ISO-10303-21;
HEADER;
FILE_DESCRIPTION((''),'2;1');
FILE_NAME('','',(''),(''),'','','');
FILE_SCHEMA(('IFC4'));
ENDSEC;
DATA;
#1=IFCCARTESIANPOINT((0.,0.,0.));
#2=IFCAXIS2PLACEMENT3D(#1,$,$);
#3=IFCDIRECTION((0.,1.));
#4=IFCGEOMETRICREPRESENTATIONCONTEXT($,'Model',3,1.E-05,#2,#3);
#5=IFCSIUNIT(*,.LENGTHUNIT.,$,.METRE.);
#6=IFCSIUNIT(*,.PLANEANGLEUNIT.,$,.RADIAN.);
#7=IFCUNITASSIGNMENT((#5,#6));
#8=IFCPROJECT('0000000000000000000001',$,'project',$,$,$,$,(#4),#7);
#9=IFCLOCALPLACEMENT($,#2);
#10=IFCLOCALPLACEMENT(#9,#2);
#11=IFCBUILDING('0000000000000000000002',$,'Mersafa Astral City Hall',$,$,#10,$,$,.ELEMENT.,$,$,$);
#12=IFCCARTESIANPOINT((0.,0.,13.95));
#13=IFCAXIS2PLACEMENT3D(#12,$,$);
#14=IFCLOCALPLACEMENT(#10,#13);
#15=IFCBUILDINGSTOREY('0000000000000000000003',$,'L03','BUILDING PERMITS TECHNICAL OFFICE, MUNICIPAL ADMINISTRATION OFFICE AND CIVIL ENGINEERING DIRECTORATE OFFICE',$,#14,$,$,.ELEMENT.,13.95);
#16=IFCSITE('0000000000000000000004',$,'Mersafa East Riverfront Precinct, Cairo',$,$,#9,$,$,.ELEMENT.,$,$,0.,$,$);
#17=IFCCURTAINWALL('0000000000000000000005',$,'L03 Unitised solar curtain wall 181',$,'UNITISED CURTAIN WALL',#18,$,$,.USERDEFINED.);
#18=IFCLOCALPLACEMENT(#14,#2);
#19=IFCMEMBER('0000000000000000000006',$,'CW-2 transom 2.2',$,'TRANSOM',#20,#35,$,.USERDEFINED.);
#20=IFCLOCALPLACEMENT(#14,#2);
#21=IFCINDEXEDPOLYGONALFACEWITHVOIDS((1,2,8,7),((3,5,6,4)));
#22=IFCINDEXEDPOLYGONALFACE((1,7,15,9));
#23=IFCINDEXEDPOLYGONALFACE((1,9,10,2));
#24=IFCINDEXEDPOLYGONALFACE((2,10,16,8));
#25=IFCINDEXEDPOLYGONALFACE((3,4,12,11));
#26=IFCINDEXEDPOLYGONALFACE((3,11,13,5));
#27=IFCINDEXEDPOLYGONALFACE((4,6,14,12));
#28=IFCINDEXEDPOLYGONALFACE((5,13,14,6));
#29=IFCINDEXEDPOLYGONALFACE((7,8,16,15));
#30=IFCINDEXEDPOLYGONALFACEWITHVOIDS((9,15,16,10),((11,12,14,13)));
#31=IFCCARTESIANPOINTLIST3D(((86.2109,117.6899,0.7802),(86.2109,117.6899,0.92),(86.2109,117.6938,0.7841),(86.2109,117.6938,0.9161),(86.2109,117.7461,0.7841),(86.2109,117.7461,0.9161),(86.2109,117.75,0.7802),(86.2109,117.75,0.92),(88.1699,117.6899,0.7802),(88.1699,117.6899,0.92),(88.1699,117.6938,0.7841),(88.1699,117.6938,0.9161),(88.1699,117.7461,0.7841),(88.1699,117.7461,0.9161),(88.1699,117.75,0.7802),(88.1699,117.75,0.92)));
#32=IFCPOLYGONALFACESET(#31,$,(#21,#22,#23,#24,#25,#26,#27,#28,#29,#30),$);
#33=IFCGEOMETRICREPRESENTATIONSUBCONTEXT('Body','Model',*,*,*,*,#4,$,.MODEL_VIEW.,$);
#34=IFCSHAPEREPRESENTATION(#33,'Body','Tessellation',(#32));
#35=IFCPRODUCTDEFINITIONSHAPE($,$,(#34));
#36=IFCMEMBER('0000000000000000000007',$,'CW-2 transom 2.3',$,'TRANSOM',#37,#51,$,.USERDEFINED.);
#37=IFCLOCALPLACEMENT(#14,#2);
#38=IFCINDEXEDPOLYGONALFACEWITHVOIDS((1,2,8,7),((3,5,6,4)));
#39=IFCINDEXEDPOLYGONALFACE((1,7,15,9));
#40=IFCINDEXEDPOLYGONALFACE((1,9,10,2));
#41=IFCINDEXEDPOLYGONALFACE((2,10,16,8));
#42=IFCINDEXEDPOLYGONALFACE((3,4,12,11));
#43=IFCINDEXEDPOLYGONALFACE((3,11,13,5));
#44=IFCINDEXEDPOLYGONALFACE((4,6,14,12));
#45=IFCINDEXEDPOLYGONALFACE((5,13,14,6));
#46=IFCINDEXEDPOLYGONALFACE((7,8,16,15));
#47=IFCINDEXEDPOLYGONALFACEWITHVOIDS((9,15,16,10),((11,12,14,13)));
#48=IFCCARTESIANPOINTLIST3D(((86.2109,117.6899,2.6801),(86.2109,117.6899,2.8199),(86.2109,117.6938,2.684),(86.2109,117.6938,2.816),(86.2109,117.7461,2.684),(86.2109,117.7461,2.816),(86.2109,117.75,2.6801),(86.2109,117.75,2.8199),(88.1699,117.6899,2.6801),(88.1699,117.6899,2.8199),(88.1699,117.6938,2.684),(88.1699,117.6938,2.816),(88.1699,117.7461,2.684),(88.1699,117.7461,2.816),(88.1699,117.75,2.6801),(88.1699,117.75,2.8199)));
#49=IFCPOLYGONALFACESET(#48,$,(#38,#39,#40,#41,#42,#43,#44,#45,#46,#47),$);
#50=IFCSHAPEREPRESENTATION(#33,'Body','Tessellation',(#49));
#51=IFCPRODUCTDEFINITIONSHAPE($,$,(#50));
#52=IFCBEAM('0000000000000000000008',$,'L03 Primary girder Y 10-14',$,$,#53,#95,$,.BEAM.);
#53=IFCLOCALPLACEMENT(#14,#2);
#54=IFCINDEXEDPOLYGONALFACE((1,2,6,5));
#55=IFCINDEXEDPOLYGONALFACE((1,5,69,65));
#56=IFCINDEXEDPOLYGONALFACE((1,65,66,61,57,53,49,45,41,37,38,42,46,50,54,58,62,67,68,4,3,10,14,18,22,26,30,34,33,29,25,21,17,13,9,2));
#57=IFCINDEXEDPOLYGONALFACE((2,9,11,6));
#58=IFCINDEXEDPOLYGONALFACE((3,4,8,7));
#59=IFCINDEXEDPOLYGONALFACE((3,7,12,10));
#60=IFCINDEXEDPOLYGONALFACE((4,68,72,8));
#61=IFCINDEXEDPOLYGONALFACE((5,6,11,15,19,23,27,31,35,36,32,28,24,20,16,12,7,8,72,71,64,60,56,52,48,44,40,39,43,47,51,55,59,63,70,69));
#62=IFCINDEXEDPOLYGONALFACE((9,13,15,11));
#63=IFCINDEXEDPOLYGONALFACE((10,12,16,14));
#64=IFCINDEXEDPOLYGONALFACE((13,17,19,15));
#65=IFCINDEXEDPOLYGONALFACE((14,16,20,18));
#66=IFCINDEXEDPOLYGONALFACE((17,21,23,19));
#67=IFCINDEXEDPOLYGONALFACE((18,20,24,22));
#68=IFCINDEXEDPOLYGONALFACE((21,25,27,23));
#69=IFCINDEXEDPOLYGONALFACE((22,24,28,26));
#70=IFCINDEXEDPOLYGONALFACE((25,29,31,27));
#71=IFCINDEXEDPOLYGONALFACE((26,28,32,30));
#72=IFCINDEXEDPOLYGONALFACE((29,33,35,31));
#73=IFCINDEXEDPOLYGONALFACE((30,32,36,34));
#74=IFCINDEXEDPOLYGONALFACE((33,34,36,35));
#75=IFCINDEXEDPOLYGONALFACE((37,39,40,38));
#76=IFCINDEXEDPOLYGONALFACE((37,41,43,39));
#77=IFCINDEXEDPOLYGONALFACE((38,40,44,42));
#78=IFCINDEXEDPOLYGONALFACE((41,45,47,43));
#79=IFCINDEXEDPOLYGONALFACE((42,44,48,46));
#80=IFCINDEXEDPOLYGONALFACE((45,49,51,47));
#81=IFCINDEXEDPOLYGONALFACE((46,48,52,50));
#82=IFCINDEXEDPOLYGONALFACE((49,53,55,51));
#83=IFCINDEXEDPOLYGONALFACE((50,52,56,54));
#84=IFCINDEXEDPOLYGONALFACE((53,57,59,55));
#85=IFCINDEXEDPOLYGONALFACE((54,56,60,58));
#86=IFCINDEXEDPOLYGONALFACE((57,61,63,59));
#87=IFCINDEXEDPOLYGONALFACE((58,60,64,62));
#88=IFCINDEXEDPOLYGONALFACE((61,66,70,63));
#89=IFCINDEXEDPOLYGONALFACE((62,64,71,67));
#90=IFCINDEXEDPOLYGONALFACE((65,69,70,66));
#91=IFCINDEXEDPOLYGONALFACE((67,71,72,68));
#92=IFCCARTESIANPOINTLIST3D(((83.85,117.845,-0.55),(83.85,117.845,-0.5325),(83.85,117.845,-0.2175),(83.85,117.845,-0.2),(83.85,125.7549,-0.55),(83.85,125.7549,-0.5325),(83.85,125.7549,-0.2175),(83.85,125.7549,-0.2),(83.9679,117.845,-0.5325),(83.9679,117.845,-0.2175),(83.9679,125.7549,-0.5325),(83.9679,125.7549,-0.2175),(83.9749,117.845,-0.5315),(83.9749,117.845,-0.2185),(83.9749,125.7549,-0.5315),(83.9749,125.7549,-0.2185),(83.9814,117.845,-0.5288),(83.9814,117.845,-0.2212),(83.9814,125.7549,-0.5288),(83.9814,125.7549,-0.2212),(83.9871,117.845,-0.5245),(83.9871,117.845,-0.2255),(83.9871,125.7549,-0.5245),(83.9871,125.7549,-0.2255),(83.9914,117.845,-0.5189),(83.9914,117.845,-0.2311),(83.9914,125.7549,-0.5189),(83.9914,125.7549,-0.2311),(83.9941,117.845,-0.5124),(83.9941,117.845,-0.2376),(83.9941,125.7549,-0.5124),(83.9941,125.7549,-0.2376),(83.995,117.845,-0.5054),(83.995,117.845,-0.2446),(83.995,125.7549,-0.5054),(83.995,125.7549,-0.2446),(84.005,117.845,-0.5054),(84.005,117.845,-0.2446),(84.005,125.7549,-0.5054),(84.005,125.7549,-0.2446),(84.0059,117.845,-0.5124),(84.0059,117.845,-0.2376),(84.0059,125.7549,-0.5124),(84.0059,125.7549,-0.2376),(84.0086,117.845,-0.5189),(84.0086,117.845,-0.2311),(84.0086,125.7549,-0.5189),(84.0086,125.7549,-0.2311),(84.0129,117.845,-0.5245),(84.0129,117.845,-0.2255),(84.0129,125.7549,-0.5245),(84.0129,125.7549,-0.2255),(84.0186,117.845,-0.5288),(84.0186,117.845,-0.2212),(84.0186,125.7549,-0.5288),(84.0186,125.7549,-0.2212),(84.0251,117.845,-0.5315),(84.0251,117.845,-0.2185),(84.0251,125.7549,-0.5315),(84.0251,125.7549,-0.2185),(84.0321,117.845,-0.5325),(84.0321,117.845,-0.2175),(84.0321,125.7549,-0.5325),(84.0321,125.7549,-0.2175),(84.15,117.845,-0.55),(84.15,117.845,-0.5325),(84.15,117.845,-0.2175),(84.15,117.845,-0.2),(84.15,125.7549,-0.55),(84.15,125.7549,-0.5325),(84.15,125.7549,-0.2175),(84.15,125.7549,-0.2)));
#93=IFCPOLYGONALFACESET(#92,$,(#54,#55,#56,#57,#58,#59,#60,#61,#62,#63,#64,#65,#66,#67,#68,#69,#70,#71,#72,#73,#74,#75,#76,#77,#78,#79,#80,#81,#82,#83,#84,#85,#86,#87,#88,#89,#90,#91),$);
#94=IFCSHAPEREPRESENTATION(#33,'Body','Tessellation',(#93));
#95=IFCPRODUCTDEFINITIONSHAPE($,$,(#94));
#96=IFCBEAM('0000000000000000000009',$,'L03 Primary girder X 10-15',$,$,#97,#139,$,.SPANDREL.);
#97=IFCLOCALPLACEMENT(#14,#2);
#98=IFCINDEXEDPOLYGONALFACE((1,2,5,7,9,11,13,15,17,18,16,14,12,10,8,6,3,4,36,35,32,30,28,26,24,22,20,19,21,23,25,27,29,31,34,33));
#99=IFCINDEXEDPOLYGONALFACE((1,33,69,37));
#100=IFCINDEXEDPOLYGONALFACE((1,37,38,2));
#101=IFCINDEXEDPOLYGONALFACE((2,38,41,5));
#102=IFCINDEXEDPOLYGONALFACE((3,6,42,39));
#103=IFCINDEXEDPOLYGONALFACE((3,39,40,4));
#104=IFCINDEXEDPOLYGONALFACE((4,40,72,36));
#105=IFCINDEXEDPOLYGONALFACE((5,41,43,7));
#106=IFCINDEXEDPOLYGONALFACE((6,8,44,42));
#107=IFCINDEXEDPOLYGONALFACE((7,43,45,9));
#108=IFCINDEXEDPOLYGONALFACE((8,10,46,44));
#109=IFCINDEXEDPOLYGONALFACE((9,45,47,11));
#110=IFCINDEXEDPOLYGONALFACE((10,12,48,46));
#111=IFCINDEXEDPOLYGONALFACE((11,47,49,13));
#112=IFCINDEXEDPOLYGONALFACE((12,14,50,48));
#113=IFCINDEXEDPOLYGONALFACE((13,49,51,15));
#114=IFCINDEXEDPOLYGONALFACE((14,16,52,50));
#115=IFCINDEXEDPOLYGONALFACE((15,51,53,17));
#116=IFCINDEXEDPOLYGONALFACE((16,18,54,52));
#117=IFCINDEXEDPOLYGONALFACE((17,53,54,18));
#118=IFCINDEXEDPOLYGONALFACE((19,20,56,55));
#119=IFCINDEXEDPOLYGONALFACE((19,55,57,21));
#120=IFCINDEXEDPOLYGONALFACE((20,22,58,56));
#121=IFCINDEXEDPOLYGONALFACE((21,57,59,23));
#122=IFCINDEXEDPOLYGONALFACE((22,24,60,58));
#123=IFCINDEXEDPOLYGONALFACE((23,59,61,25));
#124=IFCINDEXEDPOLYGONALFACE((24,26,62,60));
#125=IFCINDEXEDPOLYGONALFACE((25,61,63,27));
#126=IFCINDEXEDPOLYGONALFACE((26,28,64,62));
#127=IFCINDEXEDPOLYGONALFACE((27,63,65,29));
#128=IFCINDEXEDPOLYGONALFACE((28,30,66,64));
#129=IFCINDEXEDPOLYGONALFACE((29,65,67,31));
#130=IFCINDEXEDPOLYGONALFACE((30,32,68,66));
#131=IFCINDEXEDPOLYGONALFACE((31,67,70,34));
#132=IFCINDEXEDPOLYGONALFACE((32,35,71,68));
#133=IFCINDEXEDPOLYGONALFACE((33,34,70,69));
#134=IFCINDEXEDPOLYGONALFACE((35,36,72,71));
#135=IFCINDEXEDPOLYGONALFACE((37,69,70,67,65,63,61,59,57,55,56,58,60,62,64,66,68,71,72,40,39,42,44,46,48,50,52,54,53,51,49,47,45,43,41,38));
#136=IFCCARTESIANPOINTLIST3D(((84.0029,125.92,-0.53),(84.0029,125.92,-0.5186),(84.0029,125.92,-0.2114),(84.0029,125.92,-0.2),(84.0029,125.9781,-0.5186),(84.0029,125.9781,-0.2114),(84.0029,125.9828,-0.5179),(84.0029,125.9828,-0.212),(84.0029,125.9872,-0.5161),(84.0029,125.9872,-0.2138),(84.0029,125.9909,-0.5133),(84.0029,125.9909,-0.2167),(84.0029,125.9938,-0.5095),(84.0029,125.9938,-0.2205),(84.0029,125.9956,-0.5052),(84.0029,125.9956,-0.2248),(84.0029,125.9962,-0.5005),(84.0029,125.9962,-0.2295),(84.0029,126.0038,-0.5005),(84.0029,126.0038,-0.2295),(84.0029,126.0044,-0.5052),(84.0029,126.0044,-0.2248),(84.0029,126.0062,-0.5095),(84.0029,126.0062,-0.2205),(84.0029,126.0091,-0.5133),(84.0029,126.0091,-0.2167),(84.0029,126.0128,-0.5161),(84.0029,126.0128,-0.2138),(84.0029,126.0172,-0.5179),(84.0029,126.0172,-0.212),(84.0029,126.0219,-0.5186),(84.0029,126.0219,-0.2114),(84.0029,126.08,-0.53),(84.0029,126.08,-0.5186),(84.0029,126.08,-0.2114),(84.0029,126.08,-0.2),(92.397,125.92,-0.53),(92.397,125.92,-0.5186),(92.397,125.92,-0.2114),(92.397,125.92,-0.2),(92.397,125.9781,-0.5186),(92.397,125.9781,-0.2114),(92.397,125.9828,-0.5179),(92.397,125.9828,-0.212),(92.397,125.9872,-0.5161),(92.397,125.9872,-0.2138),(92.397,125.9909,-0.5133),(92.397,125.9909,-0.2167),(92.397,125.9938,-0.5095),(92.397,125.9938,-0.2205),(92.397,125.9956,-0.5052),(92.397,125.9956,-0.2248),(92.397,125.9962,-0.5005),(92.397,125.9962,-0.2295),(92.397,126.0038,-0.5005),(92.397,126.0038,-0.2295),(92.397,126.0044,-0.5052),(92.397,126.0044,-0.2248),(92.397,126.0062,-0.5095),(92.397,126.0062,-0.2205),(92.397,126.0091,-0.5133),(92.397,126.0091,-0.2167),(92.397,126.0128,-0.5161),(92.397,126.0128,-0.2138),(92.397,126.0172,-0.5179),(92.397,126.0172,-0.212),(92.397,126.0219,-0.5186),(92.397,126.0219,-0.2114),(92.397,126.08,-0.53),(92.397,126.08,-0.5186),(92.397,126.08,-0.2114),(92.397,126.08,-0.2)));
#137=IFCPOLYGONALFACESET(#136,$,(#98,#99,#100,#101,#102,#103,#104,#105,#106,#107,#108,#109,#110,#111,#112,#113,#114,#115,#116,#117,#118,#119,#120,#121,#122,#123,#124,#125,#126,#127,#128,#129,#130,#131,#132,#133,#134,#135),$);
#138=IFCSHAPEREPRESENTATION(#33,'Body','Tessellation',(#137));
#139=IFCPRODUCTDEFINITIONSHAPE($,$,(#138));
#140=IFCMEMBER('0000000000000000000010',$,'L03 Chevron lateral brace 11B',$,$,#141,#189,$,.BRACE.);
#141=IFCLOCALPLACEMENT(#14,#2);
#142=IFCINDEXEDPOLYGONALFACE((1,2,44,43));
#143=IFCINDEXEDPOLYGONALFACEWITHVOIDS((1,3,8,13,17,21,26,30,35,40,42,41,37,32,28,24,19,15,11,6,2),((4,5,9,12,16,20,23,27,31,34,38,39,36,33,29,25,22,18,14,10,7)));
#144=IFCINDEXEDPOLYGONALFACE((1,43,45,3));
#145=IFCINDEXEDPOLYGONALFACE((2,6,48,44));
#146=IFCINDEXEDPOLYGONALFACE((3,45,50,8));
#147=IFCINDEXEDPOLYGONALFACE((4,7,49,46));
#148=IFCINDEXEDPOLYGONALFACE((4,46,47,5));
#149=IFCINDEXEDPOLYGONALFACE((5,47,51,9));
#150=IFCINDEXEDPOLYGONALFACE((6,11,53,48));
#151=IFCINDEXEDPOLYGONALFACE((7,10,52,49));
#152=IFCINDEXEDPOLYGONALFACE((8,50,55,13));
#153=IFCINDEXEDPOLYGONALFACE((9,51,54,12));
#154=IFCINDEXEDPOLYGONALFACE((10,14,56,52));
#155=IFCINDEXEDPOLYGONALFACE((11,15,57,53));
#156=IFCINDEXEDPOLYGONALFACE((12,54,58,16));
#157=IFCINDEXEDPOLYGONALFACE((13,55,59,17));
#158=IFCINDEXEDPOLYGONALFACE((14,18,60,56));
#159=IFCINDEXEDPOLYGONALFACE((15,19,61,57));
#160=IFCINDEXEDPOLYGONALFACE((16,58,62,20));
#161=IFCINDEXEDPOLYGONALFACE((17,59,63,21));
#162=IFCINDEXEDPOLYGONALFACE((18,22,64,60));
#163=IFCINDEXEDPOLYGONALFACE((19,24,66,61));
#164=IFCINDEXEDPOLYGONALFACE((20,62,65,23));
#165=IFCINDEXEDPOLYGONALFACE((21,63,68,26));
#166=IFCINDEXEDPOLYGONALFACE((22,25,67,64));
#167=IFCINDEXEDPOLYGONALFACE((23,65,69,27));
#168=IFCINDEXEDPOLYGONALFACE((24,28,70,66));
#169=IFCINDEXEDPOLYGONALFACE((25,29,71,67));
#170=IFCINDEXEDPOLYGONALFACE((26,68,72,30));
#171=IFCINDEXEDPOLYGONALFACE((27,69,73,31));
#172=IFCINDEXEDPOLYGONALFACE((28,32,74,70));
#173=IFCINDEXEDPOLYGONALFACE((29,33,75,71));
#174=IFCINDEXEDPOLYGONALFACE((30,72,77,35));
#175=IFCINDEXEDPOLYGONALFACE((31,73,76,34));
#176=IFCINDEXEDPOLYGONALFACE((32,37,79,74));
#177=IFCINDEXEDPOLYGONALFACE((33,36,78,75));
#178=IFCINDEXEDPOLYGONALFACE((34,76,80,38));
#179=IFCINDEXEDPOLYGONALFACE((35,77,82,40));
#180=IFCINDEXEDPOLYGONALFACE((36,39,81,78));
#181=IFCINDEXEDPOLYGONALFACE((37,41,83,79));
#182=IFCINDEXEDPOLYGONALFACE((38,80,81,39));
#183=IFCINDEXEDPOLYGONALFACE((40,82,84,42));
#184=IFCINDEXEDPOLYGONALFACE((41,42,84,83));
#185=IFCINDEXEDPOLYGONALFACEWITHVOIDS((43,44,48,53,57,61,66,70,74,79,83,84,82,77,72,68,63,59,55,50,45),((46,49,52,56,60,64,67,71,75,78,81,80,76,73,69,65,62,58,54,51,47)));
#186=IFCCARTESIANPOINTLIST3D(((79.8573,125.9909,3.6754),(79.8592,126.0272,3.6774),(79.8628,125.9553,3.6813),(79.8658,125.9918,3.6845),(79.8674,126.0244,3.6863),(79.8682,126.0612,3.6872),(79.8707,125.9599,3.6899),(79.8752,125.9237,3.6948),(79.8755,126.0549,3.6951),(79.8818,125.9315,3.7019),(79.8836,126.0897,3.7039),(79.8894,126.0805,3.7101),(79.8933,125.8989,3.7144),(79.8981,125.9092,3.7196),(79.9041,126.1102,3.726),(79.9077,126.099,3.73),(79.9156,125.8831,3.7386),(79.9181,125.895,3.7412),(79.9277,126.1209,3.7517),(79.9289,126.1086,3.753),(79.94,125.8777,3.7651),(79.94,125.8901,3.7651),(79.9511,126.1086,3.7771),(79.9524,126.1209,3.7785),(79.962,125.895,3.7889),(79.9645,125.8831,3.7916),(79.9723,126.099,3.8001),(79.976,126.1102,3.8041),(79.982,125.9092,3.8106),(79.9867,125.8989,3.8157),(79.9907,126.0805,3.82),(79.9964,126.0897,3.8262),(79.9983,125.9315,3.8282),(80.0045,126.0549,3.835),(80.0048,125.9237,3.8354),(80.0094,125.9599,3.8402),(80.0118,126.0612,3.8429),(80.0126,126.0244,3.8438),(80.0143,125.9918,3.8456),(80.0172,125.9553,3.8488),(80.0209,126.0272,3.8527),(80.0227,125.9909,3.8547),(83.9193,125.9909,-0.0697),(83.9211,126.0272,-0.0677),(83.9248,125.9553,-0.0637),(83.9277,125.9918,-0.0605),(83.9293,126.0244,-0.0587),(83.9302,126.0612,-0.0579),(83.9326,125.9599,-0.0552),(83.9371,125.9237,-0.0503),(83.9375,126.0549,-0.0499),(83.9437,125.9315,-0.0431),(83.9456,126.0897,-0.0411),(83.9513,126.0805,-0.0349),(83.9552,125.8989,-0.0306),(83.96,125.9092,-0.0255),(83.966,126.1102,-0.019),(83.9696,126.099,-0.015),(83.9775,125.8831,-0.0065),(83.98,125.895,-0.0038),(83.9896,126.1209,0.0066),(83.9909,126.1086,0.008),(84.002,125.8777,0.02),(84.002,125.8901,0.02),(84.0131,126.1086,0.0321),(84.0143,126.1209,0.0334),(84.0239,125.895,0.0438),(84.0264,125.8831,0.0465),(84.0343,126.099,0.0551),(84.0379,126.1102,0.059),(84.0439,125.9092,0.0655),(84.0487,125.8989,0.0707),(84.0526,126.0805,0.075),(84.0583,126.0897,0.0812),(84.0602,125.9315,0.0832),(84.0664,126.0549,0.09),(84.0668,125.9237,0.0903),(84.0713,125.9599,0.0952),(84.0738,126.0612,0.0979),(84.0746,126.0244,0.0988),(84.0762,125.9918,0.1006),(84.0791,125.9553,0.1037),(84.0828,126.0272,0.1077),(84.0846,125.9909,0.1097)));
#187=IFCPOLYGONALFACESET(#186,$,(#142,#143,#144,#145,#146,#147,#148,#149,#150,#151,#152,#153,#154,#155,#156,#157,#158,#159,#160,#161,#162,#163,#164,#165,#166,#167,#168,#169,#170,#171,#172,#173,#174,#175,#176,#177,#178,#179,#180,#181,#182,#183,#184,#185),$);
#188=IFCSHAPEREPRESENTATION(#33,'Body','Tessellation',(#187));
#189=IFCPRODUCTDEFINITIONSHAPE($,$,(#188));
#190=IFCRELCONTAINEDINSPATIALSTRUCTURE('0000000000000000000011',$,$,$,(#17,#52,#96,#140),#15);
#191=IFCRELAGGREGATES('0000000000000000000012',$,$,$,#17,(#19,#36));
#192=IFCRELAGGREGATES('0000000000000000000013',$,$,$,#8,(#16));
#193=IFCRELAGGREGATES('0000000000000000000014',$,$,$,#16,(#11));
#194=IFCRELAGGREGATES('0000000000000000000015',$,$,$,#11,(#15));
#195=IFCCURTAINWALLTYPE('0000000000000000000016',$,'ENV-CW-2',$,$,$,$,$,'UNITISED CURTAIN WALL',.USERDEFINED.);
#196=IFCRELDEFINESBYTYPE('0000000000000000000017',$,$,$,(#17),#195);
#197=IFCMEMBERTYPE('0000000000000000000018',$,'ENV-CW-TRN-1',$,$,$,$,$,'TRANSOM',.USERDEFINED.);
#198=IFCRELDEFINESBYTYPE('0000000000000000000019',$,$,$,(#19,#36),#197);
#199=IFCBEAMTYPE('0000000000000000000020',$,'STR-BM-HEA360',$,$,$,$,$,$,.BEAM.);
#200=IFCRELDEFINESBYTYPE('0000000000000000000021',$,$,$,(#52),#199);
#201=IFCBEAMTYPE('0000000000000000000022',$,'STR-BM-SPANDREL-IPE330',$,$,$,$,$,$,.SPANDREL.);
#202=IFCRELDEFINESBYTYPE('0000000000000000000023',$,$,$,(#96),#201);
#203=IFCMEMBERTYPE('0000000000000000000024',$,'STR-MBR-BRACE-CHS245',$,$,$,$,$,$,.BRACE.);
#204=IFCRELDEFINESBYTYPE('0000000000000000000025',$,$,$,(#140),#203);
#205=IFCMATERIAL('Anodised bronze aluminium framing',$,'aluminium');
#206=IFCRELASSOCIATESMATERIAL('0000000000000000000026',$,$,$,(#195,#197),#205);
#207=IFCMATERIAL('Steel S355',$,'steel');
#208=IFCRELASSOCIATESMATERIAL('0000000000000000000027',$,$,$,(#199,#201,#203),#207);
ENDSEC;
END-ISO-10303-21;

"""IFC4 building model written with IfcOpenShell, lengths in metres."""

from ifc_helpers import new_model, si_unit, direction, frame, origin, origin_2d, place, context, subcontext, project, spatial, hollow_rectangle, hollow_circle, i_section, extrude, material, material_profile, profile_set, type_object, element, aggregate, save


model = new_model("IFC4")

# Units and contexts
model_context = context("Model", 3, precision=1e-05, world=origin(), true_north=direction((0.0, 1.0)))
body_context = subcontext(model_context, "Body", "Model", "MODEL_VIEW")
ifc_project = project(units=[si_unit("LENGTHUNIT", "METRE"), si_unit("PLANEANGLEUNIT", "RADIAN")], contexts=[model_context])

# Site, building, storey
site_placement = place(None, origin())
site = spatial("IfcSite", under=ifc_project, at=site_placement, Name="Mersafa East Riverfront Precinct, Cairo", CompositionType="ELEMENT", RefElevation=0.0)
building_placement = place(site_placement, origin())
building = spatial("IfcBuilding", under=site, at=building_placement, Name="Mersafa Astral City Hall", CompositionType="ELEMENT")
storey_placement = place(building_placement, frame((0.0, 0.0, 13.95)))
storey = spatial("IfcBuildingStorey", under=building, at=storey_placement, Name="L03", Description="BUILDING PERMITS TECHNICAL OFFICE, MUNICIPAL ADMINISTRATION OFFICE AND CIVIL ENGINEERING DIRECTORATE OFFICE", CompositionType="ELEMENT", Elevation=13.95)

# Shared definitions
ifc_material_1 = material(Name="Steel S355", Category="steel")

# Shared definitions
ifc_material_2 = material(Name="Anodised bronze aluminium framing", Category="aluminium")

# Curtain wall, members
curtain_wall_type_1 = type_object("IfcCurtainWallType", Name="ENV-CW-2", ElementType="UNITISED CURTAIN WALL", PredefinedType="USERDEFINED", material=ifc_material_2)
curtain_wall_1_placement = place(storey_placement, origin())
curtain_wall_1 = element("IfcCurtainWall", 1, at=curtain_wall_1_placement, inside=storey, type_object=curtain_wall_type_1, Name="L03 Unitised solar curtain wall 181", ObjectType="UNITISED CURTAIN WALL", PredefinedType="USERDEFINED")
ifc_material_profile_1 = material_profile(ifc_material_2, hollow_rectangle(XDim=0.0601, YDim=0.1399, WallThickness=0.0039, at=origin_2d()), Name="RHS 60x140x4")
ifc_profile_set_1 = profile_set([ifc_material_profile_1], Name="Anodised bronze aluminium framing")
member_type_1 = type_object("IfcMemberType", Name="ENV-CW-TRN-1", ElementType="TRANSOM", PredefinedType="USERDEFINED", material=ifc_profile_set_1)
member_1_placement = place(storey_placement, frame((86.2109, 117.72, 0.8501), z_axis=(1.0, 0.0, 0.0), x_axis=(0.0, 1.0, 0.0)))
member_1 = element("IfcMember", 2, at=member_1_placement, type_object=member_type_1, Name="CW-2 transom 2.2", ObjectType="TRANSOM", PredefinedType="USERDEFINED", context=body_context, shape_type="SweptSolid", body=[
    extrude(hollow_rectangle(XDim=0.0601, YDim=0.1399, WallThickness=0.0039, at=origin_2d()), origin(), (0.0, 0.0, 1.0), 1.959),
])
member_2_placement = place(storey_placement, frame((86.2109, 117.72, 2.75), z_axis=(1.0, 0.0, 0.0), x_axis=(0.0, 1.0, 0.0)))
member_2 = element("IfcMember", 3, at=member_2_placement, type_object=member_type_1, Name="CW-2 transom 2.3", ObjectType="TRANSOM", PredefinedType="USERDEFINED", context=body_context, shape_type="SweptSolid", body=[
    extrude(hollow_rectangle(XDim=0.0601, YDim=0.1399, WallThickness=0.0039, at=origin_2d()), origin(), (0.0, 0.0, 1.0), 1.959),
])

# Beams
ifc_material_profile_2 = material_profile(ifc_material_1, i_section(OverallWidth=0.3, OverallDepth=0.3501, WebThickness=0.01, FlangeThickness=0.0176, FilletRadius=0.0271, at=origin_2d()), Name="HEA 360")
ifc_profile_set_2 = profile_set([ifc_material_profile_2], Name="Steel S355")
beam_type_1 = type_object("IfcBeamType", Name="STR-BM-HEA360", PredefinedType="BEAM", material=ifc_profile_set_2)
beam_1_placement = place(storey_placement, frame((84.0, 117.845, -0.375), z_axis=(0.0, 1.0, 0.0), x_axis=(-1.0, 0.0, 0.0)))
element("IfcBeam", 4, at=beam_1_placement, inside=storey, type_object=beam_type_1, Name="L03 Primary girder Y 10-14", PredefinedType="BEAM", context=body_context, shape_type="SweptSolid", body=[
    extrude(i_section(OverallWidth=0.3, OverallDepth=0.3501, WebThickness=0.01, FlangeThickness=0.0176, FilletRadius=0.0271, at=origin_2d()), origin(), (0.0, 0.0, 1.0), 7.9099),
])
ifc_material_profile_3 = material_profile(ifc_material_1, i_section(OverallWidth=0.1599, OverallDepth=0.3301, WebThickness=0.0076, FlangeThickness=0.0115, FilletRadius=0.0181, at=origin_2d()), Name="IPE 330")
ifc_profile_set_3 = profile_set([ifc_material_profile_3], Name="Steel S355")
beam_type_2 = type_object("IfcBeamType", Name="STR-BM-SPANDREL-IPE330", PredefinedType="SPANDREL", material=ifc_profile_set_3)
beam_2_placement = place(storey_placement, frame((84.0029, 126.0, -0.365), z_axis=(1.0, 0.0, 0.0), x_axis=(0.0, 1.0, 0.0)))
element("IfcBeam", 5, at=beam_2_placement, inside=storey, type_object=beam_type_2, Name="L03 Primary girder X 10-15", PredefinedType="SPANDREL", context=body_context, shape_type="SweptSolid", body=[
    extrude(i_section(OverallWidth=0.1599, OverallDepth=0.3301, WebThickness=0.0076, FlangeThickness=0.0115, FilletRadius=0.0181, at=origin_2d()), origin(), (0.0, 0.0, 1.0), 8.394),
])

# Member
ifc_material_profile_4 = material_profile(ifc_material_1, hollow_circle(Radius=0.1223, WallThickness=0.0125, at=origin_2d()), Name="CHS 244.5x12.5")
ifc_profile_set_4 = profile_set([ifc_material_profile_4], Name="Steel S355")
member_type_2 = type_object("IfcMemberType", Name="STR-MBR-BRACE-CHS245", PredefinedType="BRACE", material=ifc_profile_set_4)
member_3_placement = place(storey_placement, frame((84.002, 126.0, 0.02), z_axis=(-0.735203, 0.0, 0.677847), x_axis=(0.0, -1.0, 0.0)))
element("IfcMember", 6, at=member_3_placement, inside=storey, type_object=member_type_2, Name="L03 Chevron lateral brace 11B", PredefinedType="BRACE", context=body_context, shape_type="SweptSolid", body=[
    extrude(hollow_circle(Radius=0.1223, WallThickness=0.0125, at=origin_2d()), origin(), (0.0, 0.0, 1.0), 5.5249),
])

aggregate(curtain_wall_1, [member_1, member_2])

save(model, "model.ifc")
